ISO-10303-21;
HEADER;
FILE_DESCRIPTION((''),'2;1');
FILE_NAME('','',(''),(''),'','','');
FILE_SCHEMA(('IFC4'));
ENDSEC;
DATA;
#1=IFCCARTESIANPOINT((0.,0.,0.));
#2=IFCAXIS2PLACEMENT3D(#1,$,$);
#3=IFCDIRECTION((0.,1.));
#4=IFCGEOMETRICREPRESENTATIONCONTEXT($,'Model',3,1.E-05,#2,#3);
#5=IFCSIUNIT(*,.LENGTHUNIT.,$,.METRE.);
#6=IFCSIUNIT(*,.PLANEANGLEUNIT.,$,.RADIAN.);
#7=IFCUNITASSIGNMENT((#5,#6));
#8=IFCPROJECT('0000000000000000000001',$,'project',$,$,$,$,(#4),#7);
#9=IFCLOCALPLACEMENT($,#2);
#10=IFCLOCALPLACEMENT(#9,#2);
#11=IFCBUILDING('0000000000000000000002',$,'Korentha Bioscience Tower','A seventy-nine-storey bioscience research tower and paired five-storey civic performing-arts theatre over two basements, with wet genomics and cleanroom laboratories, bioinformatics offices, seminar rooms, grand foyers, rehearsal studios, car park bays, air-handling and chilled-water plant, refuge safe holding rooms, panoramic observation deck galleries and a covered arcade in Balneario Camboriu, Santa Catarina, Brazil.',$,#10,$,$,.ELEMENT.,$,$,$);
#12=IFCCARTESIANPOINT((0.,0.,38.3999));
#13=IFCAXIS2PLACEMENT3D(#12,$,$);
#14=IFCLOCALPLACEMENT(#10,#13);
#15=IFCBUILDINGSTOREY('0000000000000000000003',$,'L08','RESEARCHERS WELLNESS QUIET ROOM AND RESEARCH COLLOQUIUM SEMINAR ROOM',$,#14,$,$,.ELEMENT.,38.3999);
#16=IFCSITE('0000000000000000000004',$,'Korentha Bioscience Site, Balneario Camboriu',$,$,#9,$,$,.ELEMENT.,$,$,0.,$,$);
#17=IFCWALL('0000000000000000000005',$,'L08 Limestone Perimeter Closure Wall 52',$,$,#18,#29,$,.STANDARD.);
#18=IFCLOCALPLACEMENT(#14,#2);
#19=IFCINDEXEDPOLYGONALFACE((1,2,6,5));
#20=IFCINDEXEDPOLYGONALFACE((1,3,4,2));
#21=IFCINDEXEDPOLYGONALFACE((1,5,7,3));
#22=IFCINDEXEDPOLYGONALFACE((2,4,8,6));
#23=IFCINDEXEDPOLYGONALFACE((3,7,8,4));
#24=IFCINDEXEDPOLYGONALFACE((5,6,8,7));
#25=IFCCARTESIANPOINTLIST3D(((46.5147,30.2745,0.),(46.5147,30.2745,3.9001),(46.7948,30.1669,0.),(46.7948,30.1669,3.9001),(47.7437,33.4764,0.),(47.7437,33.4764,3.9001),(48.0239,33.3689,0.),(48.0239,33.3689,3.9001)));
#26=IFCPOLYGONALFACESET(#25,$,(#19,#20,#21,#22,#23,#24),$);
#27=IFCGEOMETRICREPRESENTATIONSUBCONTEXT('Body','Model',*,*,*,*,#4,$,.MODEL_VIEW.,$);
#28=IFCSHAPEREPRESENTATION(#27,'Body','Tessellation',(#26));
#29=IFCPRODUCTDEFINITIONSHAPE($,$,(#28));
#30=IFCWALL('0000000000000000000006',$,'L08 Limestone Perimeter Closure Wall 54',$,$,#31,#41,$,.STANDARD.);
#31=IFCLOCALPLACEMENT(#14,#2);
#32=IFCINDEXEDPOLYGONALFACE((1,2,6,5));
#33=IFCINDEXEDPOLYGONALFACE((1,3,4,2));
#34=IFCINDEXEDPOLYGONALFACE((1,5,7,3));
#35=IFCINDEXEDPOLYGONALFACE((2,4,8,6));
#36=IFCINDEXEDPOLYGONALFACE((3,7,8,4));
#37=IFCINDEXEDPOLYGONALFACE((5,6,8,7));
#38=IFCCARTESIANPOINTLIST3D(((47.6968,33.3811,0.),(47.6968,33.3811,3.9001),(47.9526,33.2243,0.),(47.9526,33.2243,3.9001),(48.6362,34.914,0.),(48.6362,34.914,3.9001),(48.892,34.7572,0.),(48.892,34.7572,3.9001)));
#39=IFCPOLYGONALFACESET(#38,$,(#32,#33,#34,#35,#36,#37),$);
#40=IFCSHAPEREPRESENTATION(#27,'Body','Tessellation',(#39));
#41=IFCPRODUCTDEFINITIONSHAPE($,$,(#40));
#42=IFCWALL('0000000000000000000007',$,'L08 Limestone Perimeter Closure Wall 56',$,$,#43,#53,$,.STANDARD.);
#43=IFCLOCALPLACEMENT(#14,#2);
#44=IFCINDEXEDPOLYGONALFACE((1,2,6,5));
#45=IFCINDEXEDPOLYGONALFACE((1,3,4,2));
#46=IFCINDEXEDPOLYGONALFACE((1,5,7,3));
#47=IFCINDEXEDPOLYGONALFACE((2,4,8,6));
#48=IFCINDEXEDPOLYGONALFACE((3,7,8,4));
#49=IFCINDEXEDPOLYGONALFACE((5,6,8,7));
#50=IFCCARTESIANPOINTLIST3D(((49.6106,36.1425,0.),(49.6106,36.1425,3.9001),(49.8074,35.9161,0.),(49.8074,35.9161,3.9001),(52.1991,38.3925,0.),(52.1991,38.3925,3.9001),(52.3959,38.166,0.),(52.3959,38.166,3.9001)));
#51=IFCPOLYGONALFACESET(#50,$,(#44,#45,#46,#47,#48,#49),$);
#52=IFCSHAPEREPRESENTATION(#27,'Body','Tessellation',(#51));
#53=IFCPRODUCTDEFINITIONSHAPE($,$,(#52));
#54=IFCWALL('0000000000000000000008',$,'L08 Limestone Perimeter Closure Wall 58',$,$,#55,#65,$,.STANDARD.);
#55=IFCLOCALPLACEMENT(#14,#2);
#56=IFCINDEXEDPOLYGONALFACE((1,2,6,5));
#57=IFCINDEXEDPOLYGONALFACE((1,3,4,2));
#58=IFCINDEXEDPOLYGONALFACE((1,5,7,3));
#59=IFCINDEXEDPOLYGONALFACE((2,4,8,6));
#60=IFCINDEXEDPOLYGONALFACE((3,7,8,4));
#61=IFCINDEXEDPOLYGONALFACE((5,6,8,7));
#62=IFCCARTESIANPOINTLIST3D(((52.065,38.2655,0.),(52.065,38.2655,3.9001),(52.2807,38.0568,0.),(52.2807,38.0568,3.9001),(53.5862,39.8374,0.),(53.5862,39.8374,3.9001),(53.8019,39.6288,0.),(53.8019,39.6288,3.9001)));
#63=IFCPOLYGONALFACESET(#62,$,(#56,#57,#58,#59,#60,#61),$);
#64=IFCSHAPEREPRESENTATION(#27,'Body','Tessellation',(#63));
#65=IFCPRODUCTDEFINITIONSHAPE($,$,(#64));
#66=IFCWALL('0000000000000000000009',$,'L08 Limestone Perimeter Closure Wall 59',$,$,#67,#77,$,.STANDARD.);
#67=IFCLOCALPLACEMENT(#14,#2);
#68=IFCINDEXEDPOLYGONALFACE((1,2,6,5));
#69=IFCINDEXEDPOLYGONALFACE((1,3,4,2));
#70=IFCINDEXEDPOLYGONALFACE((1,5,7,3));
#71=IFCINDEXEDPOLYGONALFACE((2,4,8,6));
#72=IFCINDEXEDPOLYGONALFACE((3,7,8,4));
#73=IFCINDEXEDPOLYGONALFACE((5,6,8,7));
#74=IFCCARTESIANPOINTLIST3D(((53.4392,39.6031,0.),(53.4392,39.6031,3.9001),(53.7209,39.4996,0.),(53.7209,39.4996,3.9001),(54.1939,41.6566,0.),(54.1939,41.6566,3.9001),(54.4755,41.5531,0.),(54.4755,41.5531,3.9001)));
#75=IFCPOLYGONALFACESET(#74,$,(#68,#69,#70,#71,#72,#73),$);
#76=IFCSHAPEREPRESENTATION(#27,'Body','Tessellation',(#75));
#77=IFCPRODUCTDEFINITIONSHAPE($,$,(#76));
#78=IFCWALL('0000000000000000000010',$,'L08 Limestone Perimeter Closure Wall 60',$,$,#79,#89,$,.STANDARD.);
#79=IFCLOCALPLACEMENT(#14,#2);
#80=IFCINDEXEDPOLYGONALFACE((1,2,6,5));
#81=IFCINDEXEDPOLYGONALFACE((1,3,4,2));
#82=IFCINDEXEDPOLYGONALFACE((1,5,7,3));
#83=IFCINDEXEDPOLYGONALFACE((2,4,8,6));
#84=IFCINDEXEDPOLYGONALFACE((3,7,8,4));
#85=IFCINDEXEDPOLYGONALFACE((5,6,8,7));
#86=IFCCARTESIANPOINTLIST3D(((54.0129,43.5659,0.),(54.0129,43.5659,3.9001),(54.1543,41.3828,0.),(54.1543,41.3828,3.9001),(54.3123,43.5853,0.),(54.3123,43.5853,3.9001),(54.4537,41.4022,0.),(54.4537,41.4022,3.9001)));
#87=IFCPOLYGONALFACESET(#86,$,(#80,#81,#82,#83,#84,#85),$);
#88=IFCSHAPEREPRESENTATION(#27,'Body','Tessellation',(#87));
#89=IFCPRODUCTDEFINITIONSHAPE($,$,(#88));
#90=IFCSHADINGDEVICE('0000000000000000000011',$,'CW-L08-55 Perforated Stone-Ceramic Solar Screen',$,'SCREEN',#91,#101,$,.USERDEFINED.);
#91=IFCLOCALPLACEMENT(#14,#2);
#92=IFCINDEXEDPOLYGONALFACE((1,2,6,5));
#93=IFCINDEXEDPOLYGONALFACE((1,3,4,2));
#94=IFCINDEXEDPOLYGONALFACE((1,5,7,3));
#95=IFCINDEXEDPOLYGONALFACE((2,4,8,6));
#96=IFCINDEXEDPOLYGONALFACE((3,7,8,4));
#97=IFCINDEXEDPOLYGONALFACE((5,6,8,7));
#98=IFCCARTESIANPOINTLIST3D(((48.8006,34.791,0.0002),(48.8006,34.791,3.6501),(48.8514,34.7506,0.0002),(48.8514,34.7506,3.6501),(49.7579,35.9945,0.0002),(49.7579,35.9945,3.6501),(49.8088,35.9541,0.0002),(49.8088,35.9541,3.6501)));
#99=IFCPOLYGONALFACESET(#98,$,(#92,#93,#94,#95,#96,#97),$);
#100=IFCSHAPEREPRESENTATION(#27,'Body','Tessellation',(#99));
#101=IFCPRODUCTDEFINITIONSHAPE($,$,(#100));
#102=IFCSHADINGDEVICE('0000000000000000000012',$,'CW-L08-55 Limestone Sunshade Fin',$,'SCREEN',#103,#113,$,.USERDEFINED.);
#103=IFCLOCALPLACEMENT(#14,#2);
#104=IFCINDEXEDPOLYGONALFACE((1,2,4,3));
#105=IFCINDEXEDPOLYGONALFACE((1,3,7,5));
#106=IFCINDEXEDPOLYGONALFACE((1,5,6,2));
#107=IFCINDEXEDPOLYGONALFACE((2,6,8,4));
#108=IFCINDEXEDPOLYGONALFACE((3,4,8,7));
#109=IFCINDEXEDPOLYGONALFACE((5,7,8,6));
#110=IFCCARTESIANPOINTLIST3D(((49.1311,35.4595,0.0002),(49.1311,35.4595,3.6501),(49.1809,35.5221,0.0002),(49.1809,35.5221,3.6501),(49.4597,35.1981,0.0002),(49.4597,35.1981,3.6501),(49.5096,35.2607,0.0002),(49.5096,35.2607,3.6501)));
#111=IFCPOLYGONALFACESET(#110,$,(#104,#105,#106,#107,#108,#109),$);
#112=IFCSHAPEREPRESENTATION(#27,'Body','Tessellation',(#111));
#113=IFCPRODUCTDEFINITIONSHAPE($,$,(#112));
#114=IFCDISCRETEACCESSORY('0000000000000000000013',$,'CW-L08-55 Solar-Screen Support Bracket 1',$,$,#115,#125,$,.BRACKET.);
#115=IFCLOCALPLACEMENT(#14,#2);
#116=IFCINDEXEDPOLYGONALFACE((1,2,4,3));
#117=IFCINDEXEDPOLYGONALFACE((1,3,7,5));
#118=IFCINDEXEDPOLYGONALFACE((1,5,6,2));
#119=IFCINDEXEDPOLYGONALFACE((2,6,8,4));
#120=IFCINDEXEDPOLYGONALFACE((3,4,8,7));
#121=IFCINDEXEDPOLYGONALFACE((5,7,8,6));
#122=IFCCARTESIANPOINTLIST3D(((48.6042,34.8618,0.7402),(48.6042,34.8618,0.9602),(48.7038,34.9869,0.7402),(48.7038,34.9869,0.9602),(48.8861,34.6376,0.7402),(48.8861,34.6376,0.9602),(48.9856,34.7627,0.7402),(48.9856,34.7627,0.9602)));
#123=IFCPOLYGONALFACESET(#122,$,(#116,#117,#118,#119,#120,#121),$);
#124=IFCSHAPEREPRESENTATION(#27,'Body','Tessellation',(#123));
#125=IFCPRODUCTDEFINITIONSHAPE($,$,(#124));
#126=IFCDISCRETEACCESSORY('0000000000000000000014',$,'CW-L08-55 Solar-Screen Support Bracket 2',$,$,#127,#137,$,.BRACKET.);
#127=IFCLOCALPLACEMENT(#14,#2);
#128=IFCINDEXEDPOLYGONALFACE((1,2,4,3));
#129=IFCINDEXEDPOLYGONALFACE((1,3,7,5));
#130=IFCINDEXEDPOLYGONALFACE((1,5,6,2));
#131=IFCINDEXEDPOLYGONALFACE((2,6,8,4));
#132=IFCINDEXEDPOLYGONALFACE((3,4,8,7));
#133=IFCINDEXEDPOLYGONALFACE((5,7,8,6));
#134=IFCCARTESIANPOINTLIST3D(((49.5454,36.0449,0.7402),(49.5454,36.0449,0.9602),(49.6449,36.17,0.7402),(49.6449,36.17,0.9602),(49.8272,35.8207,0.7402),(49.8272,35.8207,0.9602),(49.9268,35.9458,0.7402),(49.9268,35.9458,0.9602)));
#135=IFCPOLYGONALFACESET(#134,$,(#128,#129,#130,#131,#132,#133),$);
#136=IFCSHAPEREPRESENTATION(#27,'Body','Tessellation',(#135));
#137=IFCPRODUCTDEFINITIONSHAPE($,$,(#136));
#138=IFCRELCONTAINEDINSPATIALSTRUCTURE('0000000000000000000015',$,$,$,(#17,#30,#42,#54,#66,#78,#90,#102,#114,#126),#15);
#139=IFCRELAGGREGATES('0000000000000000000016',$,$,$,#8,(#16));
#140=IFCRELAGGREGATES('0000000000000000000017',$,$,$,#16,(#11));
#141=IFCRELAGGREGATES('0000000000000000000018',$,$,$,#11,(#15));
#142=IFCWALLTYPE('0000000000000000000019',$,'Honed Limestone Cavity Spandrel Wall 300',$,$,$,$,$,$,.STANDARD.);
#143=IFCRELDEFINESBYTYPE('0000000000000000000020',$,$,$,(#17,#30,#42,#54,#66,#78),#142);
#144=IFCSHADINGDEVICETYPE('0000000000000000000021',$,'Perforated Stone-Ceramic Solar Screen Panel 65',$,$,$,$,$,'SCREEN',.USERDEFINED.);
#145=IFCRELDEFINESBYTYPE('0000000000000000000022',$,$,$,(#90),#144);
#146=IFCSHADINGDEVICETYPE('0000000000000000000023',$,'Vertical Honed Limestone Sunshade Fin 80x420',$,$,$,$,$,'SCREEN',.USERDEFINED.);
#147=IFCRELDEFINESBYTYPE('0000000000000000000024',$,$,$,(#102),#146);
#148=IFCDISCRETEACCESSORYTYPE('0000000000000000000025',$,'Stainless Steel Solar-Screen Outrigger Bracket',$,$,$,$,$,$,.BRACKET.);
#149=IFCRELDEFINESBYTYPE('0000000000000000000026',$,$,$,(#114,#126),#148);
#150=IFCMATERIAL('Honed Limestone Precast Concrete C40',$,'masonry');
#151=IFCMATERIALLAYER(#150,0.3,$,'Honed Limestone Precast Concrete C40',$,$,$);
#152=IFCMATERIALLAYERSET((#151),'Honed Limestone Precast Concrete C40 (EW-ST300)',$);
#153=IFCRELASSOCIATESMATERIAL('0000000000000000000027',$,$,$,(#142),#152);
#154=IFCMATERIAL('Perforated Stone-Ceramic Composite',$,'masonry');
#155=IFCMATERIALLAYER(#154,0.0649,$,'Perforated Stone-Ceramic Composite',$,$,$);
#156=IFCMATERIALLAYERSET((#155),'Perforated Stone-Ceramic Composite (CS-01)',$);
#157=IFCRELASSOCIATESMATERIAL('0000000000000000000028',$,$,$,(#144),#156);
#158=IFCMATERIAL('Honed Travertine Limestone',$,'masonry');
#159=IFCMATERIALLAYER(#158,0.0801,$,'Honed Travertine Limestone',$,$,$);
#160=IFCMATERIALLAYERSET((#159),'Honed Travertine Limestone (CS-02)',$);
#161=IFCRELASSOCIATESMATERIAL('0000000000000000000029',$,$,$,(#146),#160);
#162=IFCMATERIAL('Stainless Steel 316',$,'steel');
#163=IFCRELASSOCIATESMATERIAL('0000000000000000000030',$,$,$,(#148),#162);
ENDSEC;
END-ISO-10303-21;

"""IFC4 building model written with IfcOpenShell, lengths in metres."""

from ifc_helpers import new_model, si_unit, direction, frame, frame_2d, origin, origin_2d, place, context, subcontext, project, spatial, rectangle, extrude, material, layer, layer_set, type_object, element, save


model = new_model("IFC4")

# Units and contexts
model_context = context("Model", 3, precision=1e-05, world=origin(), true_north=direction((0.0, 1.0)))
body_context = subcontext(model_context, "Body", "Model", "MODEL_VIEW")
ifc_project = project(units=[si_unit("LENGTHUNIT", "METRE"), si_unit("PLANEANGLEUNIT", "RADIAN")], contexts=[model_context])

# Site, building, storey
site_placement = place(None, origin())
site = spatial("IfcSite", under=ifc_project, at=site_placement, Name="Korentha Bioscience Site, Balneario Camboriu", CompositionType="ELEMENT", RefElevation=0.0)
building_placement = place(site_placement, origin())
building = spatial("IfcBuilding", under=site, at=building_placement, Name="Korentha Bioscience Tower", Description="A seventy-nine-storey bioscience research tower and paired five-storey civic performing-arts theatre over two basements, with wet genomics and cleanroom laboratories, bioinformatics offices, seminar rooms, grand foyers, rehearsal studios, car park bays, air-handling and chilled-water plant, refuge safe holding rooms, panoramic observation deck galleries and a covered arcade in Balneario Camboriu, Santa Catarina, Brazil.", CompositionType="ELEMENT")
storey_placement = place(building_placement, frame((0.0, 0.0, 38.3999)))
storey = spatial("IfcBuildingStorey", under=building, at=storey_placement, Name="L08", Description="RESEARCHERS WELLNESS QUIET ROOM AND RESEARCH COLLOQUIUM SEMINAR ROOM", CompositionType="ELEMENT", Elevation=38.3999)

# Walls
ifc_material_1 = material(Name="Honed Limestone Precast Concrete C40", Category="masonry")
ifc_layer_1 = layer(ifc_material_1, 0.3, Name="Honed Limestone Precast Concrete C40")
ifc_layer_set_1 = layer_set([ifc_layer_1], Name="Honed Limestone Precast Concrete C40 (EW-ST300)")
wall_type_1 = type_object("IfcWallType", Name="Honed Limestone Cavity Spandrel Wall 300", PredefinedType="STANDARD", material=ifc_layer_set_1)
for number, where, z_axis, x_axis, name in (
    (1, (46.6548, 30.2207, 0.0), (0.0, 0.0, 1.0), (0.358345, 0.933589, 0.0), "L08 Limestone Perimeter Closure Wall 52"),
):
    element("IfcWall", number, at=place(storey_placement, frame(where, z_axis=z_axis, x_axis=x_axis)), inside=storey, type_object=wall_type_1, Name=name, PredefinedType="STANDARD", context=body_context, shape_type="SweptSolid", body=[
        extrude(rectangle(XDim=3.4297, YDim=0.3, at=frame_2d((1.7148, 0.0))), origin(), (0.0, 0.0, 1.0), 3.9001),
    ])
wall_1_placement = place(storey_placement, frame((47.8247, 33.3027, 0.0), z_axis=(0.0, 0.0, 1.0), x_axis=(0.522521, 0.852627, 0.0)))
element("IfcWall", 2, at=wall_1_placement, inside=storey, type_object=wall_type_1, Name="L08 Limestone Perimeter Closure Wall 54", PredefinedType="STANDARD", context=body_context, shape_type="SweptSolid", body=[
    extrude(rectangle(XDim=1.7979, YDim=0.3, at=frame_2d((0.8989, 0.0))), origin(), (0.0, 0.0, 1.0), 3.9001),
])
wall_2_placement = place(storey_placement, frame((49.709, 36.0293, 0.0), z_axis=(0.0, 0.0, 1.0), x_axis=(0.754746, 0.656017, 0.0)))
element("IfcWall", 3, at=wall_2_placement, inside=storey, type_object=wall_type_1, Name="L08 Limestone Perimeter Closure Wall 56", PredefinedType="STANDARD", context=body_context, shape_type="SweptSolid", body=[
    extrude(rectangle(XDim=3.4297, YDim=0.3, at=frame_2d((1.7148, 0.0))), origin(), (0.0, 0.0, 1.0), 3.9001),
])
wall_3_placement = place(storey_placement, frame((52.1729, 38.1611, 0.0), z_axis=(0.0, 0.0, 1.0), x_axis=(0.695405, 0.718618, 0.0)))
element("IfcWall", 4, at=wall_3_placement, inside=storey, type_object=wall_type_1, Name="L08 Limestone Perimeter Closure Wall 58", PredefinedType="STANDARD", context=body_context, shape_type="SweptSolid", body=[
    extrude(rectangle(XDim=2.1875, YDim=0.3, at=frame_2d((1.0938, 0.0))), origin(), (0.0, 0.0, 1.0), 3.9001),
])
for number, where, z_axis, x_axis, name in (
    (5, (53.5801, 39.5515, 0.0), (0.0, 0.0, 1.0), (0.34494, 0.938625, 0.0), "L08 Limestone Perimeter Closure Wall 59"),
    (6, (54.304, 41.3926, 0.0), (0.0, 0.0, 1.0), (-0.064615, 0.99791, 0.0), "L08 Limestone Perimeter Closure Wall 60"),
):
    element("IfcWall", number, at=place(storey_placement, frame(where, z_axis=z_axis, x_axis=x_axis)), inside=storey, type_object=wall_type_1, Name=name, PredefinedType="STANDARD", context=body_context, shape_type="SweptSolid", body=[
        extrude(rectangle(XDim=2.1877, YDim=0.3, at=frame_2d((1.0938, 0.0))), origin(), (0.0, 0.0, 1.0), 3.9001),
    ])

# Shading devices
ifc_material_2 = material(Name="Perforated Stone-Ceramic Composite", Category="masonry")
ifc_layer_2 = layer(ifc_material_2, 0.0649, Name="Perforated Stone-Ceramic Composite")
ifc_layer_set_2 = layer_set([ifc_layer_2], Name="Perforated Stone-Ceramic Composite (CS-01)")
shading_device_type_1 = type_object("IfcShadingDeviceType", Name="Perforated Stone-Ceramic Solar Screen Panel 65", ElementType="SCREEN", PredefinedType="USERDEFINED", material=ifc_layer_set_2)
shading_device_1_placement = place(storey_placement, frame((49.3047, 35.3726, 0.0002), z_axis=(0.0, 0.0, 1.0), x_axis=(0.62252, 0.782604, 0.0)))
element("IfcShadingDevice", 7, at=shading_device_1_placement, inside=storey, type_object=shading_device_type_1, Name="CW-L08-55 Perforated Stone-Ceramic Solar Screen", ObjectType="SCREEN", PredefinedType="USERDEFINED", context=body_context, shape_type="SweptSolid", body=[
    extrude(rectangle(XDim=1.5378, YDim=0.0649, at=origin_2d()), origin(), (0.0, 0.0, 1.0), 3.6499),
])
ifc_material_3 = material(Name="Honed Travertine Limestone", Category="masonry")
ifc_layer_3 = layer(ifc_material_3, 0.0801, Name="Honed Travertine Limestone")
ifc_layer_set_3 = layer_set([ifc_layer_3], Name="Honed Travertine Limestone (CS-02)")
shading_device_type_2 = type_object("IfcShadingDeviceType", Name="Vertical Honed Limestone Sunshade Fin 80x420", ElementType="SCREEN", PredefinedType="USERDEFINED", material=ifc_layer_set_3)
shading_device_2_placement = place(storey_placement, frame((49.3203, 35.3601, 0.0002), z_axis=(0.0, 0.0, 1.0), x_axis=(0.62252, 0.782604, 0.0)))
element("IfcShadingDevice", 8, at=shading_device_2_placement, inside=storey, type_object=shading_device_type_2, Name="CW-L08-55 Limestone Sunshade Fin", ObjectType="SCREEN", PredefinedType="USERDEFINED", context=body_context, shape_type="SweptSolid", body=[
    extrude(rectangle(XDim=0.0801, YDim=0.4199, at=origin_2d()), origin(), (0.0, 0.0, 1.0), 3.6499),
])

# Discrete accessories
ifc_material_4 = material(Name="Stainless Steel 316", Category="steel")
discrete_accessory_type = type_object("IfcDiscreteAccessoryType", Name="Stainless Steel Solar-Screen Outrigger Bracket", PredefinedType="BRACKET", material=ifc_material_4)
for number, where, z_axis, x_axis, name in (
    (9, (48.7949, 34.8123, 0.7402), (0.0, 0.0, 1.0), (0.62252, 0.782604, 0.0), "CW-L08-55 Solar-Screen Support Bracket 1"),
    (10, (49.7361, 35.9954, 0.7402), (0.0, 0.0, 1.0), (0.62252, 0.782604, 0.0), "CW-L08-55 Solar-Screen Support Bracket 2"),
):
    element("IfcDiscreteAccessory", number, at=place(storey_placement, frame(where, z_axis=z_axis, x_axis=x_axis)), inside=storey, type_object=discrete_accessory_type, Name=name, PredefinedType="BRACKET", context=body_context, shape_type="SweptSolid", body=[
        extrude(rectangle(XDim=0.1599, YDim=0.3601, at=origin_2d()), origin(), (0.0, 0.0, 1.0), 0.22),
    ])

save(model, "model.ifc")
